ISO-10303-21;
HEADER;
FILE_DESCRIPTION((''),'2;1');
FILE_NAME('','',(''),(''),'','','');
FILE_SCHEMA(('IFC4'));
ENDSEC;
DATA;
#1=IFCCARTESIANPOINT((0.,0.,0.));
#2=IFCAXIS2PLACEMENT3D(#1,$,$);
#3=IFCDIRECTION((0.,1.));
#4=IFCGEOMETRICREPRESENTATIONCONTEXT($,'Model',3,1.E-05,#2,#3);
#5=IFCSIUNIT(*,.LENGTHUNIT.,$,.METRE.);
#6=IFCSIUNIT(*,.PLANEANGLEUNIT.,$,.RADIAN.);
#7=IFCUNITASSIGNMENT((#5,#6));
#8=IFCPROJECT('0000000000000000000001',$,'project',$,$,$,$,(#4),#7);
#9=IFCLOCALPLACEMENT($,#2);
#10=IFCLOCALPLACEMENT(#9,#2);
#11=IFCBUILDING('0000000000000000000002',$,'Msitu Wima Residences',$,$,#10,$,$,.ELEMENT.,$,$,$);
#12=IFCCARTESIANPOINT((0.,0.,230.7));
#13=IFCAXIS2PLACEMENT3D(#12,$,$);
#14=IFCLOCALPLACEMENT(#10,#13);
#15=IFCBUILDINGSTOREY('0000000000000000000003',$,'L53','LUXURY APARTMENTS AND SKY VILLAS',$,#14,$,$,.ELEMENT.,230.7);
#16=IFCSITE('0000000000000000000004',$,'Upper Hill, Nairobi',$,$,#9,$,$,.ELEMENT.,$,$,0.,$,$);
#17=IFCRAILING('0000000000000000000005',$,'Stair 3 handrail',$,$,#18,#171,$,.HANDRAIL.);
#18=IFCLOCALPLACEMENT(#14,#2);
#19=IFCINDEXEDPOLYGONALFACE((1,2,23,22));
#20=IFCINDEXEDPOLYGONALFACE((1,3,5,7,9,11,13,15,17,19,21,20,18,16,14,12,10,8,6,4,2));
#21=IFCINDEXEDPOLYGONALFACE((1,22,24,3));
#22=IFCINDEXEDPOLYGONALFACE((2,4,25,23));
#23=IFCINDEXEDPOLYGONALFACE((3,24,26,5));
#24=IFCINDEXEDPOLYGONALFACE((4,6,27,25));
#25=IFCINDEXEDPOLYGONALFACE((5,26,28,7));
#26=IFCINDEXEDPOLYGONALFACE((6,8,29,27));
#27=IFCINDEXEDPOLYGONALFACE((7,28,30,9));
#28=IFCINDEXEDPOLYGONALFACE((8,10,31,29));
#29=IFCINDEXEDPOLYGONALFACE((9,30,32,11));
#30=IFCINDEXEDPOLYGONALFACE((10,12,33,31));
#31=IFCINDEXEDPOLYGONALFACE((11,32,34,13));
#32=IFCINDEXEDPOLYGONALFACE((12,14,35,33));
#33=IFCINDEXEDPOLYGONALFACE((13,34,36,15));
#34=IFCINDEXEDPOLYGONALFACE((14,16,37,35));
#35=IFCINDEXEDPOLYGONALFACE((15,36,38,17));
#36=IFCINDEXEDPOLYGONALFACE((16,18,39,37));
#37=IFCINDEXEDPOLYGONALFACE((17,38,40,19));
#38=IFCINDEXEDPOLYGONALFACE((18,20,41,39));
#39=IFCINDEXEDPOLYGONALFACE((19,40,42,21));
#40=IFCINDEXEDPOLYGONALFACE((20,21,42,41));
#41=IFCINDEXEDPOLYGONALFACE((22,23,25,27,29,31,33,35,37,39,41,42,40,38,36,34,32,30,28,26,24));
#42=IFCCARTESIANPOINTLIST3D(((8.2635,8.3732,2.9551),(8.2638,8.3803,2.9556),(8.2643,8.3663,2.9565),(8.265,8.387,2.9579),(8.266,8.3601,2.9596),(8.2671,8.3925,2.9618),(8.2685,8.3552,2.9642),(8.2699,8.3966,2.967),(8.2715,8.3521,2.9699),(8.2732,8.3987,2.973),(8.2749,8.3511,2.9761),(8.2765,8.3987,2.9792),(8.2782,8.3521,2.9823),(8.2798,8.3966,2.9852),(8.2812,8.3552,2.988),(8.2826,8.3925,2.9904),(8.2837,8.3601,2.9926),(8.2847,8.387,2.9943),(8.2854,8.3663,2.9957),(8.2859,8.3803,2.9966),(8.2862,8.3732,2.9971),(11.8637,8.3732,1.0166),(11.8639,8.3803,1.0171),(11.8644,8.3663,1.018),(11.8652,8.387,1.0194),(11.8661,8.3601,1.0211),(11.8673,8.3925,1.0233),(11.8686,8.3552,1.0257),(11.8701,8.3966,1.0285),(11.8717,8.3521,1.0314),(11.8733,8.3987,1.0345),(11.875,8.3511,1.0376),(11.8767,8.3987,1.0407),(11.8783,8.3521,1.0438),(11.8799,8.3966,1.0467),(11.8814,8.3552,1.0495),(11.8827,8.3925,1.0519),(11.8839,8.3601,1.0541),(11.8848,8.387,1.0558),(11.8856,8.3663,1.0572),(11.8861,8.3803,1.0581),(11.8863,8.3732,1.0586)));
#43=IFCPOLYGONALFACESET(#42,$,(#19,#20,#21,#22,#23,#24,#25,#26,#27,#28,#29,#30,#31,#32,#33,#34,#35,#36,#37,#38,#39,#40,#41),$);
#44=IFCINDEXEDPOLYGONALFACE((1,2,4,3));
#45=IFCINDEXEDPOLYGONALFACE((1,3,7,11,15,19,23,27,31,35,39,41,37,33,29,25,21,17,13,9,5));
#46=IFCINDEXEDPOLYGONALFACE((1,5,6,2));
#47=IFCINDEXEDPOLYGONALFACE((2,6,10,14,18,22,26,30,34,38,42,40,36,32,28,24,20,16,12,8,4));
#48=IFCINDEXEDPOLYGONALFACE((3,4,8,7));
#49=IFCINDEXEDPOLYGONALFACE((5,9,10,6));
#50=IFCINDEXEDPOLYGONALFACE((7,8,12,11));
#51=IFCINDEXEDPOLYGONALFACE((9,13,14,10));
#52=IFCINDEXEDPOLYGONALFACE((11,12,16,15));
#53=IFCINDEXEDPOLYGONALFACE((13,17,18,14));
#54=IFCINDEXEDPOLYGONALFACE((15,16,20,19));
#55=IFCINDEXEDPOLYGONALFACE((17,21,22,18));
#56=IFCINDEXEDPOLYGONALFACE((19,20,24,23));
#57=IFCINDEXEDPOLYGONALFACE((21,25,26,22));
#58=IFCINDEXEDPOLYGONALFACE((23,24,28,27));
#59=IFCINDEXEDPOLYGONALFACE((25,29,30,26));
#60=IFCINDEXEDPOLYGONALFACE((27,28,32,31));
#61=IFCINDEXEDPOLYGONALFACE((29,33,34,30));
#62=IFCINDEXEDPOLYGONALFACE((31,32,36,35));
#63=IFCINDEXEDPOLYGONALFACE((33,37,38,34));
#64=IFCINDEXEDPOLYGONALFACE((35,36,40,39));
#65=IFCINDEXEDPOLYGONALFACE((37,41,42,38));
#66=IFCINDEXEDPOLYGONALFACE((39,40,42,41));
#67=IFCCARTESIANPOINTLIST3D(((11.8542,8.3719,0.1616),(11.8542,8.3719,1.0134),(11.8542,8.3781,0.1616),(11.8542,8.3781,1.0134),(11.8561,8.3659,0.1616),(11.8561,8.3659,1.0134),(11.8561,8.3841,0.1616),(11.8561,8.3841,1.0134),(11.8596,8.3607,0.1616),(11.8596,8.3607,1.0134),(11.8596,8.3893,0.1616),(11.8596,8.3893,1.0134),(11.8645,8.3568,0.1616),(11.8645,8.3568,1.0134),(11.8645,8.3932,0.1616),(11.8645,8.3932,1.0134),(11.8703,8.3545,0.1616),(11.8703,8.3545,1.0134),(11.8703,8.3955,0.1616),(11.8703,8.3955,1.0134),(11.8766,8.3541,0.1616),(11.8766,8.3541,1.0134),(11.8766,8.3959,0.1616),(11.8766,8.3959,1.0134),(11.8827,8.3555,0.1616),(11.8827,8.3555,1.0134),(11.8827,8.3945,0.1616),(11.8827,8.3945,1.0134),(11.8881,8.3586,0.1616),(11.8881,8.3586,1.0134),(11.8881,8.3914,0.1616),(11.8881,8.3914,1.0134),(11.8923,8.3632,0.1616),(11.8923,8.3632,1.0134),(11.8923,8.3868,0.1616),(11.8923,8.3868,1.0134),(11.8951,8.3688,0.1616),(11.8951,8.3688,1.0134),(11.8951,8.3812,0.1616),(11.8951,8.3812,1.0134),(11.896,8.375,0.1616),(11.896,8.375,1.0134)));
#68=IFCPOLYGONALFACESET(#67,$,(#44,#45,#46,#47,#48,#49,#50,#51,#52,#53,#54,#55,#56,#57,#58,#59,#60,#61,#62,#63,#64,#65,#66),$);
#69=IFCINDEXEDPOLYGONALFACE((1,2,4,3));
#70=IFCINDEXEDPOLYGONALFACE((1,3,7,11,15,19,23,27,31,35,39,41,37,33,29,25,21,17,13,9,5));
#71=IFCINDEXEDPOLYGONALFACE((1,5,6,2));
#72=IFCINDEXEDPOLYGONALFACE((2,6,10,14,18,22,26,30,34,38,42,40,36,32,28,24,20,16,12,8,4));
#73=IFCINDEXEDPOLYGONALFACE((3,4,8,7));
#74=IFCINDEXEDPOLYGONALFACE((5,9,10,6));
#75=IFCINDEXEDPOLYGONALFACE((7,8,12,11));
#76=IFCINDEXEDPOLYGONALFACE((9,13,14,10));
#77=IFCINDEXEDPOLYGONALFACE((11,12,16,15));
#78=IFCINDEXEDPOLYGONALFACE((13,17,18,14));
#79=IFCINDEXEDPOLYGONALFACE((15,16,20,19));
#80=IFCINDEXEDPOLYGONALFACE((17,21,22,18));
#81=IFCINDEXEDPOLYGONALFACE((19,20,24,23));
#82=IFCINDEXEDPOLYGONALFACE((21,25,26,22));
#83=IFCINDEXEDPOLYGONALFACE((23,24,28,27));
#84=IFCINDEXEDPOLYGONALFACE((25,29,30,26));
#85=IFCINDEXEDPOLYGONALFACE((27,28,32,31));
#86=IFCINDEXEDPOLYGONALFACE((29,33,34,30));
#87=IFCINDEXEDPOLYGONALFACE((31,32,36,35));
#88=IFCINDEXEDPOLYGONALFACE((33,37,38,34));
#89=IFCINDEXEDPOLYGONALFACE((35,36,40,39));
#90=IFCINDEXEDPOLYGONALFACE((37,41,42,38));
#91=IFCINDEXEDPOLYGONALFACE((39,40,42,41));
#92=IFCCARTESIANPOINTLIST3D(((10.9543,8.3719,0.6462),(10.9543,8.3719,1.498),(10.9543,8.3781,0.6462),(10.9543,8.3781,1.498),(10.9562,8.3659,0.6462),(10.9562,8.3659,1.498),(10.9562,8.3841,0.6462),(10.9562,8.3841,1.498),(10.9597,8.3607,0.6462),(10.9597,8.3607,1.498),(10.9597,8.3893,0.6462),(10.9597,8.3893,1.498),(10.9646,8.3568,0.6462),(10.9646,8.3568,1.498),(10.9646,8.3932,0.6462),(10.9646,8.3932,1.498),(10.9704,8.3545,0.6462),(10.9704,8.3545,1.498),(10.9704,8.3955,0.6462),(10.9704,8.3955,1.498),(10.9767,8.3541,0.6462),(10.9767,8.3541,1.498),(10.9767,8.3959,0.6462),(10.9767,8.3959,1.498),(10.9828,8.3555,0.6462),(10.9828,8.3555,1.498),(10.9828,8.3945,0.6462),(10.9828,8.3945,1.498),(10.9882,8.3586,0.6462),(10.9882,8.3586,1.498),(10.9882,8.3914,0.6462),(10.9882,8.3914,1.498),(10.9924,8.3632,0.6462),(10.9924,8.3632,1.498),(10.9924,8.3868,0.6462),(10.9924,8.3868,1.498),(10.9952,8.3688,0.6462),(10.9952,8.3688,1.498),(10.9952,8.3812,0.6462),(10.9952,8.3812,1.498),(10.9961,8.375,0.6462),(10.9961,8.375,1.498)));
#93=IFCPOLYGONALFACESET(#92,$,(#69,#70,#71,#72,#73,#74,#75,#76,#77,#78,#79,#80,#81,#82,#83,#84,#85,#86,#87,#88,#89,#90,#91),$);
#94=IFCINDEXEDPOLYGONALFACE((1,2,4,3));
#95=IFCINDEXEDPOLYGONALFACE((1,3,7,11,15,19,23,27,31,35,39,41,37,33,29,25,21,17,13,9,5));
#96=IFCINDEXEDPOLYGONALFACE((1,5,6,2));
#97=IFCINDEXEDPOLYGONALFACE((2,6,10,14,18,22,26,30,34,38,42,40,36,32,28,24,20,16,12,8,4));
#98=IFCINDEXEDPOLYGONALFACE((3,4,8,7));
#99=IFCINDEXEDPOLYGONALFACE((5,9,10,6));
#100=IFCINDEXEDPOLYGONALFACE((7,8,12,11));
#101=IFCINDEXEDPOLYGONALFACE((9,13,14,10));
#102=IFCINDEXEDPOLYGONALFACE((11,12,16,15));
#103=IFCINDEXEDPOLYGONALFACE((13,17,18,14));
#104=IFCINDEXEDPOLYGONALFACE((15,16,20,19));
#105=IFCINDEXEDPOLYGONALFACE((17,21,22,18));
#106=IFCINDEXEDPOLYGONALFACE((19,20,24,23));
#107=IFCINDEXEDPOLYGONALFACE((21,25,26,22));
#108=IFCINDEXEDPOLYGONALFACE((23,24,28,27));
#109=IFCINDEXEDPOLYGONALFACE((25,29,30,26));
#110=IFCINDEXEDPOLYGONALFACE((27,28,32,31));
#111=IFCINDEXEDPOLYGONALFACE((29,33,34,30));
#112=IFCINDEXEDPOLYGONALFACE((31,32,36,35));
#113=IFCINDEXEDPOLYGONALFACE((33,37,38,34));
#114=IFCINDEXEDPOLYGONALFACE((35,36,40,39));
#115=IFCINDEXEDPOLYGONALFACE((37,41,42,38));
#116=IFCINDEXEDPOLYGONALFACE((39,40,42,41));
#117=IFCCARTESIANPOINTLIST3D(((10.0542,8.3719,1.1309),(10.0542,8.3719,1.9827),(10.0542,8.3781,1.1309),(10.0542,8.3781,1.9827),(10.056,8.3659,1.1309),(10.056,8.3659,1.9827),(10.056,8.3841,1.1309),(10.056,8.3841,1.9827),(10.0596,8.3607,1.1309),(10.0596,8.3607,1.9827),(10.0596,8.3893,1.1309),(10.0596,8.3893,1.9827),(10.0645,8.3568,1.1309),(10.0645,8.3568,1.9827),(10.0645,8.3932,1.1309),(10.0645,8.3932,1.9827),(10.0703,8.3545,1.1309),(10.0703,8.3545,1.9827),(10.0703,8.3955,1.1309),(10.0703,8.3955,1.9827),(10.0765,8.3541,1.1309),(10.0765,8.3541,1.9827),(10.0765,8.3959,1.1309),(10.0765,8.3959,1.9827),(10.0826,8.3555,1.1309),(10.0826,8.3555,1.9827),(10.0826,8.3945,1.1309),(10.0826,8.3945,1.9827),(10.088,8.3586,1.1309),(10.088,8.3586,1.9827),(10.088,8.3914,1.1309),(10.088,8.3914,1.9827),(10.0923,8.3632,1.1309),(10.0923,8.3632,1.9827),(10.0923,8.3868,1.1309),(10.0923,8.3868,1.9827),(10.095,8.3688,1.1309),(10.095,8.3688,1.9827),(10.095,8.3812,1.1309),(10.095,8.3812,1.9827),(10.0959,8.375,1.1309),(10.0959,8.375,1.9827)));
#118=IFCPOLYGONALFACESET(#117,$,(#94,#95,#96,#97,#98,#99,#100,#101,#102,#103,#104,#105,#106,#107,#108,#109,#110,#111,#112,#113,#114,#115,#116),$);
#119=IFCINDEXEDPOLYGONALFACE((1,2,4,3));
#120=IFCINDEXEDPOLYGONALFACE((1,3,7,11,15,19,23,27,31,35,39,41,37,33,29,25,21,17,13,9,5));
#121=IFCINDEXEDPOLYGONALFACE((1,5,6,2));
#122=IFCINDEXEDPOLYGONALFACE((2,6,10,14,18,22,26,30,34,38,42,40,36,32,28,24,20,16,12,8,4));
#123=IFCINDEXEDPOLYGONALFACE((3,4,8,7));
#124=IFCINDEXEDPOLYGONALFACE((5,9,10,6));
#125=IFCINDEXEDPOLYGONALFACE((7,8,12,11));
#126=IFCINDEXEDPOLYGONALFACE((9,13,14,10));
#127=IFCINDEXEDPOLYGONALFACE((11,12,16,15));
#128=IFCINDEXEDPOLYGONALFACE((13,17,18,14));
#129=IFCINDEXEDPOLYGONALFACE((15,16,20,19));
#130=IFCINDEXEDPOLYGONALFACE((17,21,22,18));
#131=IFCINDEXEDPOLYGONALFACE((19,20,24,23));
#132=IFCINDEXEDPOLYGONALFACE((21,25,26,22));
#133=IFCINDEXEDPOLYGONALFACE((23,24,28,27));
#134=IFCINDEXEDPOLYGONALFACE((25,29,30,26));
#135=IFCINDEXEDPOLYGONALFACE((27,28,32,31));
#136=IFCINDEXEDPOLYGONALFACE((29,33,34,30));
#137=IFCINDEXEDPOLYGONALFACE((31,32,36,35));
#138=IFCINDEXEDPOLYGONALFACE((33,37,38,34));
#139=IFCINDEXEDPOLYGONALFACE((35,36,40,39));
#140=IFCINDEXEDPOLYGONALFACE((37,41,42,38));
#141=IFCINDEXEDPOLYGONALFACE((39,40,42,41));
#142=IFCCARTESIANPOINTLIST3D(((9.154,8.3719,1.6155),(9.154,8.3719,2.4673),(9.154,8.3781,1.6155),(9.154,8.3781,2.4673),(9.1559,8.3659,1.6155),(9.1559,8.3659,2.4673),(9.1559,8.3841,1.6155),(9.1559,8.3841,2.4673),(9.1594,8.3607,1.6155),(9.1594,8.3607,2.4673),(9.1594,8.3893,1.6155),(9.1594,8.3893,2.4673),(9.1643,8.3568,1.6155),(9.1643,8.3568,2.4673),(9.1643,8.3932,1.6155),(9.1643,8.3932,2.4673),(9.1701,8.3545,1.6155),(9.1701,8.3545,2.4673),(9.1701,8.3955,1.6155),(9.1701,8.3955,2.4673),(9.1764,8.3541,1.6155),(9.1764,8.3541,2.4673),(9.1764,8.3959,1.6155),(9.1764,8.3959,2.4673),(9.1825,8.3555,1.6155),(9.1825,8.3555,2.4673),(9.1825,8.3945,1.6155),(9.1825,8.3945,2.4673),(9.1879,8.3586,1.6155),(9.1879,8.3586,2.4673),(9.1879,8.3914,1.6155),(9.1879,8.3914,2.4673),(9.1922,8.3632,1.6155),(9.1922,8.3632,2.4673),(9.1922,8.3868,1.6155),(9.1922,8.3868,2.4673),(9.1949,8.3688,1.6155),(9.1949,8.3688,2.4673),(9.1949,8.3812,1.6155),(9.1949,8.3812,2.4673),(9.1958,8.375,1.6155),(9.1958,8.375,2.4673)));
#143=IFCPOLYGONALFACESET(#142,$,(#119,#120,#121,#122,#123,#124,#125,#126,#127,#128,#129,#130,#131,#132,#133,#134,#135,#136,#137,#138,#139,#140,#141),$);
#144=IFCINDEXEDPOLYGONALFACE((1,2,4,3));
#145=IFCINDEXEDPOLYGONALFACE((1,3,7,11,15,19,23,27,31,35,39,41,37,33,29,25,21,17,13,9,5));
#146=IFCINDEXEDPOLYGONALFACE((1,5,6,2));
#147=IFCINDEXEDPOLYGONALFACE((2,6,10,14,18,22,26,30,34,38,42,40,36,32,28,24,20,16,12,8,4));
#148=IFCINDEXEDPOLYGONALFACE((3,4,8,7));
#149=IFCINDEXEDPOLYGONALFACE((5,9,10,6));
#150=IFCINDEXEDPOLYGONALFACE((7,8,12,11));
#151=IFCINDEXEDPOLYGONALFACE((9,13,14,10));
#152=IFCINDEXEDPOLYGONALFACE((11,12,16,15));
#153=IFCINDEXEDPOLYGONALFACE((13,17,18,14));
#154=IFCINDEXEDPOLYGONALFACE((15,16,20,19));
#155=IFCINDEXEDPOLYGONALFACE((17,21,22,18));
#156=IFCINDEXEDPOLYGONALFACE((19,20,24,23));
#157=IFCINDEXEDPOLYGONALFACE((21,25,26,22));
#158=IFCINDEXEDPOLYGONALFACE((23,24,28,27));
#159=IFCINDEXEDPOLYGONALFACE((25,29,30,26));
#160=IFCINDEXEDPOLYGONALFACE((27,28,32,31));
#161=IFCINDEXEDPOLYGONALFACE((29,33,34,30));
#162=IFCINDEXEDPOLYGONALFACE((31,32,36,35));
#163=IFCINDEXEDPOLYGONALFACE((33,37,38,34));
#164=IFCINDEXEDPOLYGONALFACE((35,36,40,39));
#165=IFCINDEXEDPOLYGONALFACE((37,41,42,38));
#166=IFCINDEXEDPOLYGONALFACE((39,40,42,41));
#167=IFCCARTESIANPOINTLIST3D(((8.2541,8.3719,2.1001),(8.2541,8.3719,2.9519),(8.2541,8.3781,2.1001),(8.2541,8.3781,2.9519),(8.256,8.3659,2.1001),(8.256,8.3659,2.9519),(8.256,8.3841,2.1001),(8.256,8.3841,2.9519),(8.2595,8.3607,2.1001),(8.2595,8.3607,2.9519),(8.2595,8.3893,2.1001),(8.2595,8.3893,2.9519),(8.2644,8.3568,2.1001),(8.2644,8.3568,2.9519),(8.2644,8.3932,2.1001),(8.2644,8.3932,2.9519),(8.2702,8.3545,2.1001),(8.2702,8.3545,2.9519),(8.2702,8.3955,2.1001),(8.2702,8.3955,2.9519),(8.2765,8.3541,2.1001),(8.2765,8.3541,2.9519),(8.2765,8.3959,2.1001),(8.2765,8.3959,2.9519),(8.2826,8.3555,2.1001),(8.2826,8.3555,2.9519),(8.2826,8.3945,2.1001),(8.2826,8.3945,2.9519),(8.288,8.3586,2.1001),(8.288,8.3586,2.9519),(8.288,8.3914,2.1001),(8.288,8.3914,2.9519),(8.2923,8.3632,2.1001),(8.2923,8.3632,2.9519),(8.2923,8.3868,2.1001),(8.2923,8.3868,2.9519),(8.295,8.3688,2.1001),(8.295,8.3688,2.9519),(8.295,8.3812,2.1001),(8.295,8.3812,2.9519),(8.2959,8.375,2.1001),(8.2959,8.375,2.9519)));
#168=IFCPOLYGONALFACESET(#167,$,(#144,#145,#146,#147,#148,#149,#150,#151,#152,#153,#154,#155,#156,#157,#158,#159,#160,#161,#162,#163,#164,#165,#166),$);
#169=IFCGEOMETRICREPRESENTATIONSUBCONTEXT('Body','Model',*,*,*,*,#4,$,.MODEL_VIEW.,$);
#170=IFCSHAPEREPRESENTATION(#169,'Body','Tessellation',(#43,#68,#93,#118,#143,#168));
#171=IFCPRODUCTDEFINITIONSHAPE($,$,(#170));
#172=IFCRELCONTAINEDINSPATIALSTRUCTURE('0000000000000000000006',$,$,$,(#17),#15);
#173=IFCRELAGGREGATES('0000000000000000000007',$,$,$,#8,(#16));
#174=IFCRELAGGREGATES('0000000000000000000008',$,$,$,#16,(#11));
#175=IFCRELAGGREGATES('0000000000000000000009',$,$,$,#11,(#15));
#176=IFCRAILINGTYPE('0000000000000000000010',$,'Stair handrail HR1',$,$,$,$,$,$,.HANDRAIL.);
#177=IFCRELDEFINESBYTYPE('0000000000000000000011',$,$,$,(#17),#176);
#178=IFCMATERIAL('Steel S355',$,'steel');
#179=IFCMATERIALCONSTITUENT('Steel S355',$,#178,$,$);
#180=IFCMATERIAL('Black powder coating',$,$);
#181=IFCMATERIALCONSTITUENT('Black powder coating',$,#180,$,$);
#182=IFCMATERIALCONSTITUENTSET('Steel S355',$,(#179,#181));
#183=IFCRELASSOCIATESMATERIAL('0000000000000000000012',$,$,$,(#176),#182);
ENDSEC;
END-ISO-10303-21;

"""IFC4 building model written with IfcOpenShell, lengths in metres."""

from ifc_helpers import new_model, si_unit, direction, frame, origin, origin_2d, place, context, subcontext, project, spatial, circle, extrude, material, constituent, constituent_set, type_object, element, save


model = new_model("IFC4")

# Units and contexts
model_context = context("Model", 3, precision=1e-05, world=origin(), true_north=direction((0.0, 1.0)))
body_context = subcontext(model_context, "Body", "Model", "MODEL_VIEW")
ifc_project = project(units=[si_unit("LENGTHUNIT", "METRE"), si_unit("PLANEANGLEUNIT", "RADIAN")], contexts=[model_context])

# Site, building, storey
site_placement = place(None, origin())
site = spatial("IfcSite", under=ifc_project, at=site_placement, Name="Upper Hill, Nairobi", CompositionType="ELEMENT", RefElevation=0.0)
building_placement = place(site_placement, origin())
building = spatial("IfcBuilding", under=site, at=building_placement, Name="Msitu Wima Residences", CompositionType="ELEMENT")
storey_placement = place(building_placement, frame((0.0, 0.0, 230.7)))
storey = spatial("IfcBuildingStorey", under=building, at=storey_placement, Name="L53", Description="LUXURY APARTMENTS AND SKY VILLAS", CompositionType="ELEMENT", Elevation=230.7)

# Railing
ifc_material_1 = material(Name="Steel S355", Category="steel")
ifc_constituent_1 = constituent(ifc_material_1, Name="Steel S355")
ifc_material_2 = material(Name="Black powder coating")
ifc_constituent_2 = constituent(ifc_material_2, Name="Black powder coating")
ifc_constituent_set = constituent_set(constituents=[ifc_constituent_1, ifc_constituent_2], Name="Steel S355")
railing_type = type_object("IfcRailingType", Name="Stair handrail HR1", PredefinedType="HANDRAIL", material=ifc_constituent_set)
for number, where, name in (
    (1, (11.875, 8.375, 0.1616), "Stair 3 handrail"),
):
    element("IfcRailing", number, at=place(storey_placement, frame(where)), inside=storey, type_object=railing_type, Name=name, PredefinedType="HANDRAIL", context=body_context, shape_type="SweptSolid", body=[
        extrude(circle(Radius=0.0239, at=origin_2d()), frame((0.0, 0.0, 0.876), z_axis=(-0.880475, 0.0, 0.474093), x_axis=(0.0, -1.0, 0.0)), (0.0, 0.0, 1.0), 4.0889),
        extrude(circle(Radius=0.021, at=origin_2d()), origin(), (0.0, 0.0, 1.0), 0.8518),
        extrude(circle(Radius=0.021, at=origin_2d()), frame((-0.8999, 0.0, 0.4846)), (0.0, 0.0, 1.0), 0.8518),
        extrude(circle(Radius=0.021, at=origin_2d()), frame((-1.8, 0.0, 0.9692)), (0.0, 0.0, 1.0), 0.8518),
        extrude(circle(Radius=0.021, at=origin_2d()), frame((-2.7002, 0.0, 1.4539)), (0.0, 0.0, 1.0), 0.8518),
        extrude(circle(Radius=0.021, at=origin_2d()), frame((-3.6001, 0.0, 1.9385)), (0.0, 0.0, 1.0), 0.8518),
    ])

save(model, "model.ifc")
